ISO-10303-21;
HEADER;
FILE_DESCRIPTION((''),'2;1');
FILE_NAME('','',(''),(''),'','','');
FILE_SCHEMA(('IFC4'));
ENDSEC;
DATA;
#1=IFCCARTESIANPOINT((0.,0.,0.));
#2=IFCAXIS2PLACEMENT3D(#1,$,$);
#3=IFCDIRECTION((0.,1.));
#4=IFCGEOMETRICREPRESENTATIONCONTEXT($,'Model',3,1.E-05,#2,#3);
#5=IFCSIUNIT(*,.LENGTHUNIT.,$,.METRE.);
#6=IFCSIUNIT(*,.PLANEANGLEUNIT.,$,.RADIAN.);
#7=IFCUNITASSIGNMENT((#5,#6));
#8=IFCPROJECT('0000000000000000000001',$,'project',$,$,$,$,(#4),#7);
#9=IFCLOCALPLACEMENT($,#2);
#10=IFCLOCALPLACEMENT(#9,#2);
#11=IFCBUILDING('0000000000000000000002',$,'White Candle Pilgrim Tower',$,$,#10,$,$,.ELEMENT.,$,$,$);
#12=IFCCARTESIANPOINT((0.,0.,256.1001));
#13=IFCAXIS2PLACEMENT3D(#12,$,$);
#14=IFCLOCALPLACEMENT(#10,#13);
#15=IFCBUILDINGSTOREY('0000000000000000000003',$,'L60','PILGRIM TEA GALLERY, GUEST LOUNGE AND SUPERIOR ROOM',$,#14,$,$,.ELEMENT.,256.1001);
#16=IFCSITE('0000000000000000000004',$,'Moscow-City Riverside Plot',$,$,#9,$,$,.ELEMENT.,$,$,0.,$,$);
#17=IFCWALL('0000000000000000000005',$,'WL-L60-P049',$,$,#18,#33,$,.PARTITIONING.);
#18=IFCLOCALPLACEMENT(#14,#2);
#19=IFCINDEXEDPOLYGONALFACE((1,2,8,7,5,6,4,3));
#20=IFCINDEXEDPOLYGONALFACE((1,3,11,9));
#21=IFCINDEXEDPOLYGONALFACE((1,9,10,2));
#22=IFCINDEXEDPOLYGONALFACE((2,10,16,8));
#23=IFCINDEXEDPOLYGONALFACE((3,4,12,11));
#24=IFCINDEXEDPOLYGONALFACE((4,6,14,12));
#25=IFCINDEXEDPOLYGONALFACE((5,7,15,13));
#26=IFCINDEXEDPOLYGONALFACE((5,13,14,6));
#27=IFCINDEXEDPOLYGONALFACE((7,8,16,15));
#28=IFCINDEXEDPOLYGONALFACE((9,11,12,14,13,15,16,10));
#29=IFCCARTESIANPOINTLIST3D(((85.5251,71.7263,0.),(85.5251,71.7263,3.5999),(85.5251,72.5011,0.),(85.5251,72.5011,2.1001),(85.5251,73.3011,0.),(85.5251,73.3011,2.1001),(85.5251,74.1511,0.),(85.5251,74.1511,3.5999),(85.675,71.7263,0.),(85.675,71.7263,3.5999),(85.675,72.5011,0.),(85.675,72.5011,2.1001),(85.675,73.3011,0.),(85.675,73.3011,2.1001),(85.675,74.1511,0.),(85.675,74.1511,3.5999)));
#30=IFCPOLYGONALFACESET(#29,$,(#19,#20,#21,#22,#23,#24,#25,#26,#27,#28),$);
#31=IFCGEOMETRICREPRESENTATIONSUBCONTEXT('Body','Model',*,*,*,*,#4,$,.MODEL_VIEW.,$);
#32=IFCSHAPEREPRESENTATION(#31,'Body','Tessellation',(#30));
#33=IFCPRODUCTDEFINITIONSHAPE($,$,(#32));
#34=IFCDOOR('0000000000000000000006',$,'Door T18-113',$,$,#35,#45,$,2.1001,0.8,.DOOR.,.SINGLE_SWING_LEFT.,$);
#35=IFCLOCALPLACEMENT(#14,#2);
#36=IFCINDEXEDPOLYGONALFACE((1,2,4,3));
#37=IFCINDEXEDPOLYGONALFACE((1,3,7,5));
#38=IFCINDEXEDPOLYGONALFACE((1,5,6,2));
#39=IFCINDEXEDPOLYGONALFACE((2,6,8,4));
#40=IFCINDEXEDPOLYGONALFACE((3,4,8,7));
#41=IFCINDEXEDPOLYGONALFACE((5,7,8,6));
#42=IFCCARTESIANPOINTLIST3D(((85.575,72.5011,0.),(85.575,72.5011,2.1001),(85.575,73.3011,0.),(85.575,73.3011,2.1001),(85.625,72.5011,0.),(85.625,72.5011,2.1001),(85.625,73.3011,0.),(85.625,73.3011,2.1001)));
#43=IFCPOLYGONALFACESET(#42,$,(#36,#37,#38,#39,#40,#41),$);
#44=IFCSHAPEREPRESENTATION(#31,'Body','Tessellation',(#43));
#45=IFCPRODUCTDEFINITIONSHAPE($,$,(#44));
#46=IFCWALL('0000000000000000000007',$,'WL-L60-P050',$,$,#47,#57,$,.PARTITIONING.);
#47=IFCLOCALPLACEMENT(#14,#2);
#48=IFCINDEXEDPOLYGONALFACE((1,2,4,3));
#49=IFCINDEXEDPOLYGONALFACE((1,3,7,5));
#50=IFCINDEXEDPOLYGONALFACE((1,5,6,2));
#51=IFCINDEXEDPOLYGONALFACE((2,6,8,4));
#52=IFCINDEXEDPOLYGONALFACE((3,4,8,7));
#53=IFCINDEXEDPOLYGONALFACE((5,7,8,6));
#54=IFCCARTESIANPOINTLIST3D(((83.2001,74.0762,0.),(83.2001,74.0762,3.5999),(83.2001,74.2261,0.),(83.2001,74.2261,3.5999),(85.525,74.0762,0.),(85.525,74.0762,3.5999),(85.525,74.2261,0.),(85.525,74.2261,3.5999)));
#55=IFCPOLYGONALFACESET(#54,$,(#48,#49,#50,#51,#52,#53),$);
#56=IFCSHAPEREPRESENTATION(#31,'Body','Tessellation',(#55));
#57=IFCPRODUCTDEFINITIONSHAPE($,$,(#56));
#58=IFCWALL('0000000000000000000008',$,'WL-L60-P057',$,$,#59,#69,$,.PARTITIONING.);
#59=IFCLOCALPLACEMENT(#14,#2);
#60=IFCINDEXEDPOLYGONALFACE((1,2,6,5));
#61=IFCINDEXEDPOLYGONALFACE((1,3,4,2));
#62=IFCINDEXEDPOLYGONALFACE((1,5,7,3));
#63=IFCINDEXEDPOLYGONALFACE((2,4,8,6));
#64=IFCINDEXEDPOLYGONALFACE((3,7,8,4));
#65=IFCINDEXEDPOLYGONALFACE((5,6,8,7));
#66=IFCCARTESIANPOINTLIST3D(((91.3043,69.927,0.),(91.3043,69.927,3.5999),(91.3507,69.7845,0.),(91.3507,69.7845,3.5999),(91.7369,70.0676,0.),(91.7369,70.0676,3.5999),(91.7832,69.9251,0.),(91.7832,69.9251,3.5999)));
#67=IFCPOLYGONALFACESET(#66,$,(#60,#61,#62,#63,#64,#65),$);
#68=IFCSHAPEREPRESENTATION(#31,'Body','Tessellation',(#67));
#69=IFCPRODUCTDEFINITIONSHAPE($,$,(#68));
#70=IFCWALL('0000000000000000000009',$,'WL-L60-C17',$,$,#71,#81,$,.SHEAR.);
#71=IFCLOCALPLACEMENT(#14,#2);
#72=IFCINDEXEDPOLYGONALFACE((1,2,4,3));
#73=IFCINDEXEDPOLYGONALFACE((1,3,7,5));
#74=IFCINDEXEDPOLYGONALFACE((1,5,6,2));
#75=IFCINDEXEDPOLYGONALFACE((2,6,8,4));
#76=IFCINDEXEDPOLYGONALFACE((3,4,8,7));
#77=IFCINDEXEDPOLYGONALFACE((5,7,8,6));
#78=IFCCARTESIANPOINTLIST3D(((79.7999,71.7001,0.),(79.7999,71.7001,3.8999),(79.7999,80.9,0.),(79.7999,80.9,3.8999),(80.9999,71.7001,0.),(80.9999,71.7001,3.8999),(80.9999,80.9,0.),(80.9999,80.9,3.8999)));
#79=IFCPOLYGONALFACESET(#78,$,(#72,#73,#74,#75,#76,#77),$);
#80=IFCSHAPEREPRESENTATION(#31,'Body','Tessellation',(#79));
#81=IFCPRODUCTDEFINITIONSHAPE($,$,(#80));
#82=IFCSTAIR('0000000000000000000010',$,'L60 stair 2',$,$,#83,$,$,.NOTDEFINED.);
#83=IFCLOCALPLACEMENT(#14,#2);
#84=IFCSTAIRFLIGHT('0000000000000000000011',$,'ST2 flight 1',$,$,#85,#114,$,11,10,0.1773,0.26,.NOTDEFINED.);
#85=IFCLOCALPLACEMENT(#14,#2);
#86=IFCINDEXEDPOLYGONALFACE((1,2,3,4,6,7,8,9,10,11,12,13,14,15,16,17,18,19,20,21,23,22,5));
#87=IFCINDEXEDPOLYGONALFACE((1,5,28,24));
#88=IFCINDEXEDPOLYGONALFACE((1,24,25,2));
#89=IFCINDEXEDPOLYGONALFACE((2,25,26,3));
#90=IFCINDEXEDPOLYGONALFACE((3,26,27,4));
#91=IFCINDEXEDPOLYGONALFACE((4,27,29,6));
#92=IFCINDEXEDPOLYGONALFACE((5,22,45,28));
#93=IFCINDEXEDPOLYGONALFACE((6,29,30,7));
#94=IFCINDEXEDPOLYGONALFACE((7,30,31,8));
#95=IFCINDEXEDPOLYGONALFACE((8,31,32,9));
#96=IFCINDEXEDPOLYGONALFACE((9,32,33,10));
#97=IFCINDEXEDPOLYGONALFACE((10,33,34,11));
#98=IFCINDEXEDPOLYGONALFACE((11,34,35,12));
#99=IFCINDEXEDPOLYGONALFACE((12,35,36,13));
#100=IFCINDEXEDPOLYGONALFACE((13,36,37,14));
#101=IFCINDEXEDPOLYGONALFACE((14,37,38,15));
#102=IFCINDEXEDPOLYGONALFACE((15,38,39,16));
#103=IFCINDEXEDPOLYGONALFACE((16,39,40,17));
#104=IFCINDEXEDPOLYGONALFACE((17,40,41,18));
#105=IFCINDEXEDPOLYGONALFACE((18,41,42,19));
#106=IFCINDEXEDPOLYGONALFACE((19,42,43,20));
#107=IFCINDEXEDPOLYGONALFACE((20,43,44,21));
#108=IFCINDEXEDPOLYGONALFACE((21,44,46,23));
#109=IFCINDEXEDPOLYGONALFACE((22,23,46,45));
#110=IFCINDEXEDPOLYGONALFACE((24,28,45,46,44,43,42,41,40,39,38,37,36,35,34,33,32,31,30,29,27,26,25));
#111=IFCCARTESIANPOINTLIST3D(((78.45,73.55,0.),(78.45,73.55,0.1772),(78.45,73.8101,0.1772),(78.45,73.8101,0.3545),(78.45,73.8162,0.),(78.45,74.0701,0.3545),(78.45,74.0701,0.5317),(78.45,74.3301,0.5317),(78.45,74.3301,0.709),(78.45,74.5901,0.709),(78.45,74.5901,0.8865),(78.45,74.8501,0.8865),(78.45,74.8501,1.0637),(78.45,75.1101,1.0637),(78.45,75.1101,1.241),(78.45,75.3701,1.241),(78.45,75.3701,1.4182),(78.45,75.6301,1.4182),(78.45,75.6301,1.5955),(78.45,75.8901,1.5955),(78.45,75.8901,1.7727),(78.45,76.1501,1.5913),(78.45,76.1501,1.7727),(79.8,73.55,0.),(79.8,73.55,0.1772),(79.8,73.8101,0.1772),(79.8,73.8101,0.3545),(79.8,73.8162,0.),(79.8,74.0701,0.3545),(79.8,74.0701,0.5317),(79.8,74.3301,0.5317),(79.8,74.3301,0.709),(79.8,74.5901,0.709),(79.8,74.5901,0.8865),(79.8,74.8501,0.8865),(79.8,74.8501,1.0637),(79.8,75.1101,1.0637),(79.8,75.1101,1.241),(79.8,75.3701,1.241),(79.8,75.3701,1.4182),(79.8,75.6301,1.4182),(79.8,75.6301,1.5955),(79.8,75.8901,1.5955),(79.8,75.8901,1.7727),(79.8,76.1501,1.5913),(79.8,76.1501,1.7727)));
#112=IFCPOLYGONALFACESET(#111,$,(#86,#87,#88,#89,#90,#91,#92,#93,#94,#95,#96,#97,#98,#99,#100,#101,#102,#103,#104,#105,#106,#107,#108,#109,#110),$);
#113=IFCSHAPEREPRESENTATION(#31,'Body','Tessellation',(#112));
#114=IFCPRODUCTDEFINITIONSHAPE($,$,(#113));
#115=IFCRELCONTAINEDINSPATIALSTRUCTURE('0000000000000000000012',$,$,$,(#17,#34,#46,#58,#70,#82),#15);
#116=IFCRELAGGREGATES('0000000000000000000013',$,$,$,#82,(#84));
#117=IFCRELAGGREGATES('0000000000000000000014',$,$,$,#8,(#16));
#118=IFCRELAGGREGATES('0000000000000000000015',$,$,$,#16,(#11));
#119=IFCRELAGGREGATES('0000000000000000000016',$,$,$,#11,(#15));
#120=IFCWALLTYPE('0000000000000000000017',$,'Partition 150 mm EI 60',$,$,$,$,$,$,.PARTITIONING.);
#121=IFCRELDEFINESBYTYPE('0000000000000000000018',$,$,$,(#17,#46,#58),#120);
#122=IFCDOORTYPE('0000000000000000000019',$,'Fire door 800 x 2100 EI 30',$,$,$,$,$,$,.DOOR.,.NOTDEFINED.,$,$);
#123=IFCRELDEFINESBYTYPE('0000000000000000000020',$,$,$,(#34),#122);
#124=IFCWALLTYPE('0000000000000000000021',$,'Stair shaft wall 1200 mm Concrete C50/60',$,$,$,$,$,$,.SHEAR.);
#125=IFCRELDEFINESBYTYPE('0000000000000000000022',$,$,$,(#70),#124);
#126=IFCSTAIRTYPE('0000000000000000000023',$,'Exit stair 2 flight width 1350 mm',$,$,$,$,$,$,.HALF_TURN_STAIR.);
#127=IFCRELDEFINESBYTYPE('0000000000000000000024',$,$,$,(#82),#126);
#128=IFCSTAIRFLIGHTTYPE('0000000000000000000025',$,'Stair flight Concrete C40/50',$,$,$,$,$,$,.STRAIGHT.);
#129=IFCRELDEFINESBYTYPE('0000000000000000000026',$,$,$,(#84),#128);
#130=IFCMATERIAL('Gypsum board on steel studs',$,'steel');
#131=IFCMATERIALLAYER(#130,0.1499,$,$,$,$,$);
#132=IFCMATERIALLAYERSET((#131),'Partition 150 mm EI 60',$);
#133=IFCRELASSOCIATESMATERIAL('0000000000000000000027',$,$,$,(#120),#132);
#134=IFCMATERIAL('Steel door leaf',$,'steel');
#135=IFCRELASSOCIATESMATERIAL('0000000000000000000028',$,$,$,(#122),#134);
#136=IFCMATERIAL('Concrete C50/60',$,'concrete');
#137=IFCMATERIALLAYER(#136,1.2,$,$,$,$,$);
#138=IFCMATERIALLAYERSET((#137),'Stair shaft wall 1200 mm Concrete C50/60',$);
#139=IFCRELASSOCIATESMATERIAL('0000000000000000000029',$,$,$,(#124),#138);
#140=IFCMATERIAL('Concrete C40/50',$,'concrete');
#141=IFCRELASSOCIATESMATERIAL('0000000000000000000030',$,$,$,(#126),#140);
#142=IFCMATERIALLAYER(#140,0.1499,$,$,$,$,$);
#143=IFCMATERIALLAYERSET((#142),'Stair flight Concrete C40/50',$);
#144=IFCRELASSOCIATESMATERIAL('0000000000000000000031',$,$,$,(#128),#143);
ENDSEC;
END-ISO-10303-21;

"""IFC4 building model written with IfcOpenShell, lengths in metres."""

from ifc_helpers import new_model, si_unit, direction, frame, frame_2d, origin, place, context, subcontext, project, spatial, polyline, rectangle, outline, extrude, material, layer, layer_set, type_object, element, fill, aggregate, save


model = new_model("IFC4")

# Units and contexts
model_context = context("Model", 3, precision=1e-05, world=origin(), true_north=direction((0.0, 1.0)))
body_context = subcontext(model_context, "Body", "Model", "MODEL_VIEW")
ifc_project = project(units=[si_unit("LENGTHUNIT", "METRE"), si_unit("PLANEANGLEUNIT", "RADIAN")], contexts=[model_context])

# Site, building, storey
site_placement = place(None, origin())
site = spatial("IfcSite", under=ifc_project, at=site_placement, Name="Moscow-City Riverside Plot", CompositionType="ELEMENT", RefElevation=0.0)
building_placement = place(site_placement, origin())
building = spatial("IfcBuilding", under=site, at=building_placement, Name="White Candle Pilgrim Tower", CompositionType="ELEMENT")
storey_placement = place(building_placement, frame((0.0, 0.0, 256.1001)))
storey = spatial("IfcBuildingStorey", under=building, at=storey_placement, Name="L60", Description="PILGRIM TEA GALLERY, GUEST LOUNGE AND SUPERIOR ROOM", CompositionType="ELEMENT", Elevation=256.1001)

# Shared definitions
ifc_material_1 = material(Name="Concrete C50/60", Category="concrete")

# Shared definitions
ifc_material_2 = material(Name="Gypsum board on steel studs", Category="steel")

# Shared definitions
ifc_material_3 = material(Name="Steel door leaf", Category="steel")

# Shared definitions
ifc_layer_1 = layer(ifc_material_2, 0.1499)
ifc_layer_set_1 = layer_set([ifc_layer_1], Name="Partition 150 mm EI 60")
wall_type_1 = type_object("IfcWallType", Name="Partition 150 mm EI 60", PredefinedType="PARTITIONING", material=ifc_layer_set_1)

# Shared definitions
door_type_1 = type_object("IfcDoorType", Name="Fire door 800 x 2100 EI 30", OperationType="NOTDEFINED", PredefinedType="DOOR", material=ifc_material_3)

# Wall, opening, door
wall_1_placement = place(storey_placement, frame((85.6001, 74.1511, 0.0), z_axis=(0.0, 0.0, 1.0), x_axis=(0.0, -1.0, 0.0)))
wall_1 = element("IfcWall", 1, at=wall_1_placement, inside=storey, type_object=wall_type_1, Name="WL-L60-P049", PredefinedType="PARTITIONING", context=body_context, shape_type="SweptSolid", body=[
    extrude(rectangle(XDim=2.4248, YDim=0.1499, at=frame_2d((1.2124, 0.0))), origin(), (0.0, 0.0, 1.0), 3.5999),
])
opening_1_placement = place(wall_1_placement, frame((0.8501, 0.0, 0.0)))
opening_1 = element("IfcOpeningElement", 2, at=opening_1_placement, cuts=wall_1, PredefinedType="OPENING", context=body_context, shape_type="SweptSolid", body=[
    extrude(rectangle(XDim=0.8, YDim=2.1001, at=frame_2d((0.3999, 1.05))), frame((0.0, 0.085, 0.0), z_axis=(0.0, -1.0, 0.0), x_axis=(1.0, 0.0, 0.0)), (0.0, 0.0, 1.0), 0.1699),
])
door_1_placement = place(opening_1_placement, origin())
door_1 = element("IfcDoor", 3, at=door_1_placement, inside=storey, type_object=door_type_1, Name="Door T18-113", OperationType="SINGLE_SWING_LEFT", OverallHeight=2.1001, OverallWidth=0.8, PredefinedType="DOOR", context=body_context, shape_type="SweptSolid", body=[
    extrude(rectangle(XDim=0.8, YDim=2.1001, at=frame_2d((0.3999, 1.05))), frame((0.0, 0.0249, 0.0), z_axis=(0.0, -1.0, 0.0), x_axis=(1.0, 0.0, 0.0)), (0.0, 0.0, 1.0), 0.05),
])
fill(opening_1, door_1)

# Walls
wall_2_placement = place(storey_placement, frame((83.2, 74.1511, 0.0), z_axis=(0.0, 0.0, 1.0), x_axis=(1.0, 0.0, 0.0)))
element("IfcWall", 4, at=wall_2_placement, inside=storey, type_object=wall_type_1, Name="WL-L60-P050", PredefinedType="PARTITIONING", context=body_context, shape_type="SweptSolid", body=[
    extrude(rectangle(XDim=2.325, YDim=0.1499, at=frame_2d((1.1626, 0.0))), origin(), (0.0, 0.0, 1.0), 3.5999),
])
wall_3_placement = place(storey_placement, frame((91.3274, 69.8557, 0.0), z_axis=(0.0, 0.0, 1.0), x_axis=(0.951018, 0.309135, 0.0)))
element("IfcWall", 5, at=wall_3_placement, inside=storey, type_object=wall_type_1, Name="WL-L60-P057", PredefinedType="PARTITIONING", context=body_context, shape_type="SweptSolid", body=[
    extrude(rectangle(XDim=0.4548, YDim=0.1499, at=frame_2d((0.2275, 0.0))), origin(), (0.0, 0.0, 1.0), 3.5999),
])
ifc_layer_2 = layer(ifc_material_1, 1.2)
ifc_layer_set_2 = layer_set([ifc_layer_2], Name="Stair shaft wall 1200 mm Concrete C50/60")
wall_type_2 = type_object("IfcWallType", Name="Stair shaft wall 1200 mm Concrete C50/60", PredefinedType="SHEAR", material=ifc_layer_set_2)
wall_4_placement = place(storey_placement, frame((80.3999, 71.7, 0.0), z_axis=(0.0, 0.0, 1.0), x_axis=(0.0, 1.0, 0.0)))
element("IfcWall", 6, at=wall_4_placement, inside=storey, type_object=wall_type_2, Name="WL-L60-C17", PredefinedType="SHEAR", context=body_context, shape_type="SweptSolid", body=[
    extrude(rectangle(XDim=9.2, YDim=1.2, at=frame_2d((4.6001, 0.0))), origin(), (0.0, 0.0, 1.0), 3.8999),
])

# Stair, stair flight
ifc_material_4 = material(Name="Concrete C40/50", Category="concrete")
stair_type = type_object("IfcStairType", Name="Exit stair 2 flight width 1350 mm", PredefinedType="HALF_TURN_STAIR", material=ifc_material_4)
stair_placement = place(storey_placement, origin())
stair = element("IfcStair", 7, at=stair_placement, inside=storey, type_object=stair_type, Name="L60 stair 2", PredefinedType="NOTDEFINED")
ifc_layer_3 = layer(ifc_material_4, 0.1499)
ifc_layer_set_3 = layer_set([ifc_layer_3], Name="Stair flight Concrete C40/50")
stair_flight_type = type_object("IfcStairFlightType", Name="Stair flight Concrete C40/50", PredefinedType="STRAIGHT", material=ifc_layer_set_3)
stair_flight_placement = place(storey_placement, frame((79.125, 73.55, 0.0), z_axis=(0.0, 0.0, 1.0), x_axis=(0.0, 1.0, 0.0)))
stair_flight = element("IfcStairFlight", 8, at=stair_flight_placement, type_object=stair_flight_type, Name="ST2 flight 1", NumberOfRisers=11, NumberOfTreads=10, PredefinedType="NOTDEFINED", RiserHeight=0.1773, TreadLength=0.26, context=body_context, shape_type="SweptSolid", body=[
    extrude(outline(polyline([(0.0, 0.0), (0.0, 0.1772), (0.26, 0.1772), (0.26, 0.3545), (0.52, 0.3545), (0.52, 0.5317), (0.78, 0.5317), (0.78, 0.709), (1.04, 0.709), (1.04, 0.8865), (1.3, 0.8865), (1.3, 1.0637), (1.5601, 1.0637), (1.5601, 1.241), (1.8201, 1.241), (1.8201, 1.4182), (2.0801, 1.4182), (2.0801, 1.5955), (2.3401, 1.5955), (2.3401, 1.7727), (2.6001, 1.7727), (2.6001, 1.95), (2.6001, 1.5913), (0.2661, 0.0), (0.0, 0.0)])), frame((0.0, 0.675, 0.0), z_axis=(0.0, -1.0, 0.0), x_axis=(1.0, 0.0, 0.0)), (0.0, 0.0, 1.0), 1.3501),
])
aggregate(stair, [stair_flight])

save(model, "model.ifc")
